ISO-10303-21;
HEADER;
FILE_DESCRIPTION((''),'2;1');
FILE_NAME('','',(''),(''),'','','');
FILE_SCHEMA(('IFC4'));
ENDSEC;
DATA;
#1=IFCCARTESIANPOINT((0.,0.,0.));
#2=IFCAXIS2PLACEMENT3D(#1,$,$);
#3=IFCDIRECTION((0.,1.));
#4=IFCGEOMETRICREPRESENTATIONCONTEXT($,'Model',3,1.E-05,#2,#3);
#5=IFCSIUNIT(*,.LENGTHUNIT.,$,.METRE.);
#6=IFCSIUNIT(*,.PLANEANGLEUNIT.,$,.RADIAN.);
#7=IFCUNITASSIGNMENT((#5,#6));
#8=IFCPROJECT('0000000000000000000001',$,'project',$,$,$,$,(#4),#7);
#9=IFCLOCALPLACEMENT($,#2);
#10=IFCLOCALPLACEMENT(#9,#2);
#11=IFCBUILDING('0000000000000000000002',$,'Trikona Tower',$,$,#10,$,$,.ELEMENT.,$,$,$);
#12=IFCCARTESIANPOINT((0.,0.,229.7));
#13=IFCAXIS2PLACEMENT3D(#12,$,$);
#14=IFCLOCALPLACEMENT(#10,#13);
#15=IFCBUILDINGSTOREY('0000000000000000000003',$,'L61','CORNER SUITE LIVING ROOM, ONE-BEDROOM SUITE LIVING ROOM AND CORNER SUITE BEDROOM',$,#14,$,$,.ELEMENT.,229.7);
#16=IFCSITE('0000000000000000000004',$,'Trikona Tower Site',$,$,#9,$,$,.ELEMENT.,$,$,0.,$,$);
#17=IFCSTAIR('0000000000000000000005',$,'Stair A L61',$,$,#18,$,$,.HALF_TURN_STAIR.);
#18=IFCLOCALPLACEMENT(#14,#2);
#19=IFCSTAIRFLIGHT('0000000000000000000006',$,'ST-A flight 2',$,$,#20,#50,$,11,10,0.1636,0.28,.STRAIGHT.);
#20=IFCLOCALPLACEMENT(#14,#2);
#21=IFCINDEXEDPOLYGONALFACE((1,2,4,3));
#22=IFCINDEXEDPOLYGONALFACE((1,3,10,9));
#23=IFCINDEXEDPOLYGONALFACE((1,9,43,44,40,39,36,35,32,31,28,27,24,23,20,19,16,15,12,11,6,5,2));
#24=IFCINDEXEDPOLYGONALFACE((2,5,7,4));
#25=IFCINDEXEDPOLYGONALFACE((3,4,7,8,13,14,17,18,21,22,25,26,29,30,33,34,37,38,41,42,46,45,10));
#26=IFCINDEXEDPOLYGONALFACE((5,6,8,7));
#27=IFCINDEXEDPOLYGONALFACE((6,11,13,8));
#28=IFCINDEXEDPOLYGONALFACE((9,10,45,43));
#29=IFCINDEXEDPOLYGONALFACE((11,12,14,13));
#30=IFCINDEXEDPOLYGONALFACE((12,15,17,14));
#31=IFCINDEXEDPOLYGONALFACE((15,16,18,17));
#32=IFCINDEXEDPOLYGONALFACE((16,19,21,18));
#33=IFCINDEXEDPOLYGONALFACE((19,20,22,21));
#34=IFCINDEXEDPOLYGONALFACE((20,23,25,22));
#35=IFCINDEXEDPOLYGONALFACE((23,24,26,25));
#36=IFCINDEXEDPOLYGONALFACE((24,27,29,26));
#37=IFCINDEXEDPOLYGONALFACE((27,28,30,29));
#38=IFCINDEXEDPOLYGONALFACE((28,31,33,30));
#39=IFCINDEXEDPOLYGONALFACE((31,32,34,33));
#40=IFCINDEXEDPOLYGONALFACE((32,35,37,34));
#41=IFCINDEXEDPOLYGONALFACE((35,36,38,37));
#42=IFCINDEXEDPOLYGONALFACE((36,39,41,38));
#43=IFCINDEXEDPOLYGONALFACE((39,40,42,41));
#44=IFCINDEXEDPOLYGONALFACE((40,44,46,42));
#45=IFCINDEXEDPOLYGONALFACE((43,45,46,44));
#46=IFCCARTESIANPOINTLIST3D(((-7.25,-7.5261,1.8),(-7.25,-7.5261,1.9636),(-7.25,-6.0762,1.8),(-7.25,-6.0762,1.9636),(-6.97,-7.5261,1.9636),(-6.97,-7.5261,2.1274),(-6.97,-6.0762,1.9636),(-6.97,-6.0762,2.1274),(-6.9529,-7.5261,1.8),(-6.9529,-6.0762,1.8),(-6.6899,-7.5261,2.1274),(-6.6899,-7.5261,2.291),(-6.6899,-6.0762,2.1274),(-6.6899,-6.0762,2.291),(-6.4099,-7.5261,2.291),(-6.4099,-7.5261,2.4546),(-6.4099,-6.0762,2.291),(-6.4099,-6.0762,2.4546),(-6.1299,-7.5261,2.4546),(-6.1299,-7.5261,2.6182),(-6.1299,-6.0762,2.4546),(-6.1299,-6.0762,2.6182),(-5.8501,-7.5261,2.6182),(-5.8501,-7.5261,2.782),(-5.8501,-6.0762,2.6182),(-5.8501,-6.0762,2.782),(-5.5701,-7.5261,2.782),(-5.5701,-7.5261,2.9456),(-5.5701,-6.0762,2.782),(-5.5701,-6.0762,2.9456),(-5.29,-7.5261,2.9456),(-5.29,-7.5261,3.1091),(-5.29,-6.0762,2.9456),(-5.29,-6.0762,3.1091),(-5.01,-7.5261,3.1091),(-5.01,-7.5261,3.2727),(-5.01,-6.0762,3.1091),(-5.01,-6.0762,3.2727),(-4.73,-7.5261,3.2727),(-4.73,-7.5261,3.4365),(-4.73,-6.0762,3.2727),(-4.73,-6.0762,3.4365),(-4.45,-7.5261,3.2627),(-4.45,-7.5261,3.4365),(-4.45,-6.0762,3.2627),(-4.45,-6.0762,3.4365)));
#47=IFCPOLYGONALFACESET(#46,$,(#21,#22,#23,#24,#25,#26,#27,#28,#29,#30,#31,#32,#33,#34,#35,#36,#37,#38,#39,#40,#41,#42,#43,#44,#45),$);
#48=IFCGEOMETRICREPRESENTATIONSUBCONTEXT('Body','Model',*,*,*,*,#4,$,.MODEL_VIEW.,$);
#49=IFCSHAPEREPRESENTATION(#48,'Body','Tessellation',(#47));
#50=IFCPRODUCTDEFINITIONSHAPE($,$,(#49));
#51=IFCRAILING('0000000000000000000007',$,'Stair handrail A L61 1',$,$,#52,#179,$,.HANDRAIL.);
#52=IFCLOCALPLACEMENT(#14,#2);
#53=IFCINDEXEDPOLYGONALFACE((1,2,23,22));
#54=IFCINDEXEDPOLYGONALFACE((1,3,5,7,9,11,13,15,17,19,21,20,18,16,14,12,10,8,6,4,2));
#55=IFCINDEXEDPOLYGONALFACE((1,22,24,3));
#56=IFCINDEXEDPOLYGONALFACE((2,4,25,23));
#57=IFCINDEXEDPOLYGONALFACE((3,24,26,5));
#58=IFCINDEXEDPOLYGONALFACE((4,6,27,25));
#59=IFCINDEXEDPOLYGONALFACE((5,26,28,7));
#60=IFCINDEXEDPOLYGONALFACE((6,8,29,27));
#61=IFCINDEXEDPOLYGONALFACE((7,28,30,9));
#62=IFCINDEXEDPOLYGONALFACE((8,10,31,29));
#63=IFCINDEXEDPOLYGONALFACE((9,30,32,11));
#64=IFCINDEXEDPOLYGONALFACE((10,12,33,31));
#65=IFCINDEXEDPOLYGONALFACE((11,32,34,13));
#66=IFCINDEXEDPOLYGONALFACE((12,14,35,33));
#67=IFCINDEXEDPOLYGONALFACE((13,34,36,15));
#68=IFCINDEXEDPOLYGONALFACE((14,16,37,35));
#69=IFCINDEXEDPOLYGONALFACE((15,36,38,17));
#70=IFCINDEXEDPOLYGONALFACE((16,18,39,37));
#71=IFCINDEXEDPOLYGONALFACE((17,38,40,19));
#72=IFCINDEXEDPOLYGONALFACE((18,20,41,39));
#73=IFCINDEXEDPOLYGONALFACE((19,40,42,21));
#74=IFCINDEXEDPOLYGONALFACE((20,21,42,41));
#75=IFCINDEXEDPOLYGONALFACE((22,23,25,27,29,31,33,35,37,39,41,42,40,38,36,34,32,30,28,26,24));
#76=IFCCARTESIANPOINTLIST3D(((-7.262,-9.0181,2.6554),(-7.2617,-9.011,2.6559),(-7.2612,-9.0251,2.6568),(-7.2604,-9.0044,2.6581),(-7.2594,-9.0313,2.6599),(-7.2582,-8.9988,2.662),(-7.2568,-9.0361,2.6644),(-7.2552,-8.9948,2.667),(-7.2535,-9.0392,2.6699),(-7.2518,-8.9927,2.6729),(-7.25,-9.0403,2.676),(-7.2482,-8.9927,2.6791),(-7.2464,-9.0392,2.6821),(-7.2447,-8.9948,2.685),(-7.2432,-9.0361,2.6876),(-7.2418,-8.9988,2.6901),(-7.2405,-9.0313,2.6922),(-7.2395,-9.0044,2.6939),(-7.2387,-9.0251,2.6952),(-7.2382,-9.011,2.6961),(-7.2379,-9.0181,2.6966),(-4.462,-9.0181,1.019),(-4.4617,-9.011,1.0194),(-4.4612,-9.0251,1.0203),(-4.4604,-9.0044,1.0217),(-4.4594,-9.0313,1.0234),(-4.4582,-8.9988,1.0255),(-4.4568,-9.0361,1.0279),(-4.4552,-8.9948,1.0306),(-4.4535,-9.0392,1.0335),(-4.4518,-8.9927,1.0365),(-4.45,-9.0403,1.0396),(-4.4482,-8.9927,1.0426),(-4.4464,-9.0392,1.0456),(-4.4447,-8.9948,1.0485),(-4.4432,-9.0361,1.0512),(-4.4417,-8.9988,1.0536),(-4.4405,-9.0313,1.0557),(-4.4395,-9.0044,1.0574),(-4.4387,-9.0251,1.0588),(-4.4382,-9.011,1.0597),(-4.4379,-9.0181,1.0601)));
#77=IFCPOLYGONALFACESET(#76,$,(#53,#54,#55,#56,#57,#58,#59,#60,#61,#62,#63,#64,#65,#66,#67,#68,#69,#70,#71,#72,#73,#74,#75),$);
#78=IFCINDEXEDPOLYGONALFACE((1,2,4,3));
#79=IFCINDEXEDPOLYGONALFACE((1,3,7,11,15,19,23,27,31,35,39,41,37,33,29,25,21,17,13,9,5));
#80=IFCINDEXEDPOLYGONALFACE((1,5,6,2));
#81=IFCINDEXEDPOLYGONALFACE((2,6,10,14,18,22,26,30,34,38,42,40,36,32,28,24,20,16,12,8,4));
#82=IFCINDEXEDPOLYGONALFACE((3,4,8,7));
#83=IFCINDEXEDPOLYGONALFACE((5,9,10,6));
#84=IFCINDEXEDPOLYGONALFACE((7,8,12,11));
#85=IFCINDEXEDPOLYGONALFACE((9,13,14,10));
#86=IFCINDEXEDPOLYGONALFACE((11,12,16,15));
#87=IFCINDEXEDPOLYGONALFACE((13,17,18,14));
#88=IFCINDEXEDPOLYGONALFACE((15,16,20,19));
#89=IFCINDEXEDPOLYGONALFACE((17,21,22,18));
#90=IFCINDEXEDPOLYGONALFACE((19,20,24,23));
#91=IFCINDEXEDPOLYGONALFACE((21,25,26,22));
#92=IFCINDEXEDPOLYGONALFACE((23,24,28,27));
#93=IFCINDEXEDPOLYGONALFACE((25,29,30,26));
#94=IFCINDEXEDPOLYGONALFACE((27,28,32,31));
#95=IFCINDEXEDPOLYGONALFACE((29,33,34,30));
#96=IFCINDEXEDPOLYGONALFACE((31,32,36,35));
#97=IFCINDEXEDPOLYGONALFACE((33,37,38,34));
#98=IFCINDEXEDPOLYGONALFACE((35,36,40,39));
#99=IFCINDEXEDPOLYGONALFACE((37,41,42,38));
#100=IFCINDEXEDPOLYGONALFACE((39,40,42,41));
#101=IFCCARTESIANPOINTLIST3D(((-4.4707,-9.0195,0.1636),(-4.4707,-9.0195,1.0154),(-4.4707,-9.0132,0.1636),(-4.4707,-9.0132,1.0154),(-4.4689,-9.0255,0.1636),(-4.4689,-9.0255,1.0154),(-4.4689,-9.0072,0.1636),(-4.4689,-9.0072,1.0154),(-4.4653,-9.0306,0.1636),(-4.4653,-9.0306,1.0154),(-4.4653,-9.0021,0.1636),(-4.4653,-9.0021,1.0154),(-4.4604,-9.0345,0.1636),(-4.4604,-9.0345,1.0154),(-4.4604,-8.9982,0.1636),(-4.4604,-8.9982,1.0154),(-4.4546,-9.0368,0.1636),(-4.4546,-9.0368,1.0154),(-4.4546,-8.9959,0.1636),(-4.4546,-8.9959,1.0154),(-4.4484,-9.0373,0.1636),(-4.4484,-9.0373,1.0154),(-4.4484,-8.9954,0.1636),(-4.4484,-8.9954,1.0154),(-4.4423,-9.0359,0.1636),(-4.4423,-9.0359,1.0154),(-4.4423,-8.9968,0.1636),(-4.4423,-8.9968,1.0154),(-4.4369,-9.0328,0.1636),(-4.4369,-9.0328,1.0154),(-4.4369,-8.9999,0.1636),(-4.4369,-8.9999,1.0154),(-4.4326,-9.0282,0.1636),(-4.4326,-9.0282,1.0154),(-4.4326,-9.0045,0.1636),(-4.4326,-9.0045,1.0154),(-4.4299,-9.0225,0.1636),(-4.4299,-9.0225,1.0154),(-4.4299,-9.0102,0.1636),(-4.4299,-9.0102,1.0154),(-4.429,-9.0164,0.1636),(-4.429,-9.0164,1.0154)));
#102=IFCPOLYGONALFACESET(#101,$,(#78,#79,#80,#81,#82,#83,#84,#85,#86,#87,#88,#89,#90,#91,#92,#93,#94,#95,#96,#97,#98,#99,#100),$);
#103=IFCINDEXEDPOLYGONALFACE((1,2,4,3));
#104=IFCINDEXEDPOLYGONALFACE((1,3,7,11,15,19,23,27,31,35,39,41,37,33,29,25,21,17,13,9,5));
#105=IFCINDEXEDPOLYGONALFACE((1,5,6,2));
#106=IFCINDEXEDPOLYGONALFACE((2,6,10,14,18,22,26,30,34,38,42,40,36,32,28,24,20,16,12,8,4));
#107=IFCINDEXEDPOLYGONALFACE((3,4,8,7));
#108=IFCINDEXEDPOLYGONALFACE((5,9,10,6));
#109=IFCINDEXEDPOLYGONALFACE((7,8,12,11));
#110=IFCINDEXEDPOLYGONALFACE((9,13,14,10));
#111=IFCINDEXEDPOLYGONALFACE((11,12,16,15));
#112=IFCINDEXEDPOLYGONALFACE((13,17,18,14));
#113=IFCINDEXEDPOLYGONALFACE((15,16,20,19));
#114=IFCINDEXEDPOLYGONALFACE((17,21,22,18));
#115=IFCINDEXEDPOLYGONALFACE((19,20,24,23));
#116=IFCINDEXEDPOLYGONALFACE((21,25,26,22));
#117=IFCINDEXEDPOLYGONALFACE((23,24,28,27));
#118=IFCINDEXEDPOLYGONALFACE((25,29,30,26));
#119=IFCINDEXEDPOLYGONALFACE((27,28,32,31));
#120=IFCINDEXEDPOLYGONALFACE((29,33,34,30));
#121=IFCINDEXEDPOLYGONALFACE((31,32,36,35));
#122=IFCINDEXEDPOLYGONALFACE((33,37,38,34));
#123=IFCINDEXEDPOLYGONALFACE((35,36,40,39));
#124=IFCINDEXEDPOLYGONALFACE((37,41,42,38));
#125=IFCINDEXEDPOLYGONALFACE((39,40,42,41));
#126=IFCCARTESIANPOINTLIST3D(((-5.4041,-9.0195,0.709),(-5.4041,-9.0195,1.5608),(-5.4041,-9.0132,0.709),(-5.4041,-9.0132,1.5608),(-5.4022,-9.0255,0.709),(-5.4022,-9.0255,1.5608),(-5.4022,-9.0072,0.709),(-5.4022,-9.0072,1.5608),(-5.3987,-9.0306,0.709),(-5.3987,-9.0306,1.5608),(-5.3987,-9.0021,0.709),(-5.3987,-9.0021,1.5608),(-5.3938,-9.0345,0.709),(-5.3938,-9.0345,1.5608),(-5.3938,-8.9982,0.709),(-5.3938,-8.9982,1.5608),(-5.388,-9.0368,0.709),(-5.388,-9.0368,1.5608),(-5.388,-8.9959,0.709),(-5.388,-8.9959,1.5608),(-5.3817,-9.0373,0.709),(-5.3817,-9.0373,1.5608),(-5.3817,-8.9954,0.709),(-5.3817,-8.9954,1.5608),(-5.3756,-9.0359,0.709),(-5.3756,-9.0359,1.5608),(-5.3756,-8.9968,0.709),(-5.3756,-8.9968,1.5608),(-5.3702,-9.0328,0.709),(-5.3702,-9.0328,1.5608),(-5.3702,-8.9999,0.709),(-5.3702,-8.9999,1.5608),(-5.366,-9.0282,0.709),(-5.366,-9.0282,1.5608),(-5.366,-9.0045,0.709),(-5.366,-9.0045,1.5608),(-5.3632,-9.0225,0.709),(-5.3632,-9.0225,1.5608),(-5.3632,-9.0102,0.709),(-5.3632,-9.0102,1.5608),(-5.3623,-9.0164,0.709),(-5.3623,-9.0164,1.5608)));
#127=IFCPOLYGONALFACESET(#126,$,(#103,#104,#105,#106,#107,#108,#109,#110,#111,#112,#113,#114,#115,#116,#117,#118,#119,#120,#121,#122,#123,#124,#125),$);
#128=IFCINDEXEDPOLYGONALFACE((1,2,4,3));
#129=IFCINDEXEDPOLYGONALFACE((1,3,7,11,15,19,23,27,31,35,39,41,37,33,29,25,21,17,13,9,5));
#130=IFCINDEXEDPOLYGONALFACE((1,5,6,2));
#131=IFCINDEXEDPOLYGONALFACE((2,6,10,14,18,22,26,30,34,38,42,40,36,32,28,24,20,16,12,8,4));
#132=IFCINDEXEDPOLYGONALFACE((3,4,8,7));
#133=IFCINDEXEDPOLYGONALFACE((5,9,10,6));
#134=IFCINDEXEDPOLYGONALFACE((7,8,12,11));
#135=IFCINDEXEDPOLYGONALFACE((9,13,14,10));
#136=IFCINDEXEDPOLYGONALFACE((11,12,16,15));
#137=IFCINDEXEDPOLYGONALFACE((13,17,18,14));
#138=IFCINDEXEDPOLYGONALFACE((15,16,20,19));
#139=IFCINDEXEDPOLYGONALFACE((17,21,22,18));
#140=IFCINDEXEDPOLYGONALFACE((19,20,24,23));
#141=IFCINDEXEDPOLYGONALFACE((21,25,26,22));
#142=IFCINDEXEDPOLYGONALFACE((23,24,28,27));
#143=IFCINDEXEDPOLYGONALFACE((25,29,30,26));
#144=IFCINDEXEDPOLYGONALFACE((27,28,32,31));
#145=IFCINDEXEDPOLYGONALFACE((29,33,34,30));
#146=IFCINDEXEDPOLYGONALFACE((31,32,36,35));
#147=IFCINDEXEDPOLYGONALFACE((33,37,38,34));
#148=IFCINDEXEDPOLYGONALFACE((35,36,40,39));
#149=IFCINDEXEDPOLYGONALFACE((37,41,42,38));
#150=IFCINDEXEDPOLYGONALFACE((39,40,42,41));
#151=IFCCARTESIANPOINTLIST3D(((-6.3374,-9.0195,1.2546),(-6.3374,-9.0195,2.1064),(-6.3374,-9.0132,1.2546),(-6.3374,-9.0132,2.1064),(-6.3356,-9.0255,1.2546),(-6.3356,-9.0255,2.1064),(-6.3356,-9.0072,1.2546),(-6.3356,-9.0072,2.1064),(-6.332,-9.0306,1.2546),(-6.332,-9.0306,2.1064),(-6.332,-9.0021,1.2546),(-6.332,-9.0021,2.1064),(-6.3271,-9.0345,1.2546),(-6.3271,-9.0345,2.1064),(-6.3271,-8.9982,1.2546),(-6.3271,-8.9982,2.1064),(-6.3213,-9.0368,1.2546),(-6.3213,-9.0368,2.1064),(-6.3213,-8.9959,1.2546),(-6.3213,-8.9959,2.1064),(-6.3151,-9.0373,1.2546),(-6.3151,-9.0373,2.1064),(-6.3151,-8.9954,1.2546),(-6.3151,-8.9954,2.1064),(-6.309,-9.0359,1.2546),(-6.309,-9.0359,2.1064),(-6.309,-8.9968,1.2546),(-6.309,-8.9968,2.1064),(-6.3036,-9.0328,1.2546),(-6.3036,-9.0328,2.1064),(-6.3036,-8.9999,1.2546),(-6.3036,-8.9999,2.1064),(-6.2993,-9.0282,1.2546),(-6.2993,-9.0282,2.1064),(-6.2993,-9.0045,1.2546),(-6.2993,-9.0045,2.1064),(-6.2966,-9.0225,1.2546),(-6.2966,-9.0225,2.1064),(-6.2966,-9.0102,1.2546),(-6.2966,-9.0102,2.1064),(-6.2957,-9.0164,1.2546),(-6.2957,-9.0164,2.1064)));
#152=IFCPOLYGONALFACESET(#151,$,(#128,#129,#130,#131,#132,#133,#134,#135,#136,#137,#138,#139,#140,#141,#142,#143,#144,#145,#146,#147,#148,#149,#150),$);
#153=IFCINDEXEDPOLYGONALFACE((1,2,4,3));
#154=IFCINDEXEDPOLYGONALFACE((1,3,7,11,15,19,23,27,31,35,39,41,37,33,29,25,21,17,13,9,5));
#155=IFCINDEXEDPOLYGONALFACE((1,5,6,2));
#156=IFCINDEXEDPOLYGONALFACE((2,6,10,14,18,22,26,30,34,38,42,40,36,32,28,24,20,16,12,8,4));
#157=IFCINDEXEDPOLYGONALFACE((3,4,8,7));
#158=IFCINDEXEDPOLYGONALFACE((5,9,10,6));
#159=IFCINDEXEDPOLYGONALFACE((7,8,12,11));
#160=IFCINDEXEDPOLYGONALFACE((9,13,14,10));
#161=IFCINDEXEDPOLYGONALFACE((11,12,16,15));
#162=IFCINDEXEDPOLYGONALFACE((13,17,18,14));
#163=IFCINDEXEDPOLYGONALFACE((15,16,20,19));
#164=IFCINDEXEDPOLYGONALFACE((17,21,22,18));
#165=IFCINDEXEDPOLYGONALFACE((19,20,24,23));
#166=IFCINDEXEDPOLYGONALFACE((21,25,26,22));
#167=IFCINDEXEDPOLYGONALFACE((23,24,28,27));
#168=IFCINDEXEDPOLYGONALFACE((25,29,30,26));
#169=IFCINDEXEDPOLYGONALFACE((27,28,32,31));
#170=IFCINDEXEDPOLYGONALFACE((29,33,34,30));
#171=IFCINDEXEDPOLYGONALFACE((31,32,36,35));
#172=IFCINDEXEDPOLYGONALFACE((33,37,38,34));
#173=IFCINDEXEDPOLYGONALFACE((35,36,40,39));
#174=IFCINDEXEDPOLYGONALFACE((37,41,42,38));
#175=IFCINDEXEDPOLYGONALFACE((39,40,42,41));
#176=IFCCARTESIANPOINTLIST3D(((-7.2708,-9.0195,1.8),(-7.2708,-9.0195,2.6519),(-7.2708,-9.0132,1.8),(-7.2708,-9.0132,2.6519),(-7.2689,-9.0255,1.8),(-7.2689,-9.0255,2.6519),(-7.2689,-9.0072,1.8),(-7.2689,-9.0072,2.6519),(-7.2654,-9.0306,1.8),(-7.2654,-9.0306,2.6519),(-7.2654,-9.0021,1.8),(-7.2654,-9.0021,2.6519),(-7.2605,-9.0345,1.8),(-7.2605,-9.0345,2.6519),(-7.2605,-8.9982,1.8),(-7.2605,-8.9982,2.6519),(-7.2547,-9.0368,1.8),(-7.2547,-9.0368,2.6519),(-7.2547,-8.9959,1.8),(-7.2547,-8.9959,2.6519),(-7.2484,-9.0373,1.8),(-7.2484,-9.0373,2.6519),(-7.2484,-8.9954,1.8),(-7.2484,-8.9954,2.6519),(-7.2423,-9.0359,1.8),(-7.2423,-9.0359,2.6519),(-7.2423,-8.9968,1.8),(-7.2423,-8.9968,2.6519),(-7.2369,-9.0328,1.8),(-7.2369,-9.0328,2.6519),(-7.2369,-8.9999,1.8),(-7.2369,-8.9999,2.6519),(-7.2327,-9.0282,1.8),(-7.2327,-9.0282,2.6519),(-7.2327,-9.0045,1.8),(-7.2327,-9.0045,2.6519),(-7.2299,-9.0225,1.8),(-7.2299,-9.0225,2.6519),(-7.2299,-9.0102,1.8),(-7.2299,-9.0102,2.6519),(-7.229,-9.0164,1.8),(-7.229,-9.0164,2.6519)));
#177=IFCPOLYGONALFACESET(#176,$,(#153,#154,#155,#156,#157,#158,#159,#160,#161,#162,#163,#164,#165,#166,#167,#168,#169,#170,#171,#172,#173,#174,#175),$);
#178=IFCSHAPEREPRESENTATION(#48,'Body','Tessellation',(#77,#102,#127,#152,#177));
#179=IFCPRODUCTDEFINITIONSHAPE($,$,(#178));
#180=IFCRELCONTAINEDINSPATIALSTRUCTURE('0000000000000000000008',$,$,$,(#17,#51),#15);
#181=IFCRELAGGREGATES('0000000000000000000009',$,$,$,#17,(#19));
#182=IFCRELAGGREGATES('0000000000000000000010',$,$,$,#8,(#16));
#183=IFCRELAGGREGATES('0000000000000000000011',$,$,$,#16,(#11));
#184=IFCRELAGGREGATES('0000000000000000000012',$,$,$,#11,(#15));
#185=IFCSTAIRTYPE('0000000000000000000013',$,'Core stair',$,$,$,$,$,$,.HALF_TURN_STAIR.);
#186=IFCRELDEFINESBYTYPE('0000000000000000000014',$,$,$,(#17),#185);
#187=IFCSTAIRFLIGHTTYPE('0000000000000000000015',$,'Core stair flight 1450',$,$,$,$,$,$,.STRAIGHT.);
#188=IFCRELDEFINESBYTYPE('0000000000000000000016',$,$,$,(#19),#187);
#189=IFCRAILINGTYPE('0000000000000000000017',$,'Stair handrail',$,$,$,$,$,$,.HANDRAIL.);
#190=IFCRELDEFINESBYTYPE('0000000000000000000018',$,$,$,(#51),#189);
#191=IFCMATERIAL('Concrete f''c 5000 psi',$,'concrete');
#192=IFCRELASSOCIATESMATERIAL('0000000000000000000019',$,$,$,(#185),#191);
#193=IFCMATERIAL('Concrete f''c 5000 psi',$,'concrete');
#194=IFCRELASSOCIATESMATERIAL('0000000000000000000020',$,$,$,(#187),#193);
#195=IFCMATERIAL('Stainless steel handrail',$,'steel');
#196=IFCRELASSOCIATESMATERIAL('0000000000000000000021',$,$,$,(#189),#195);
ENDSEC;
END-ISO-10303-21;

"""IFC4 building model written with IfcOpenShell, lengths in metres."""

from ifc_helpers import new_model, si_unit, direction, frame, origin, origin_2d, place, context, subcontext, project, spatial, polyline, circle, outline, extrude, material, type_object, element, aggregate, save


model = new_model("IFC4")

# Units and contexts
model_context = context("Model", 3, precision=1e-05, world=origin(), true_north=direction((0.0, 1.0)))
body_context = subcontext(model_context, "Body", "Model", "MODEL_VIEW")
ifc_project = project(units=[si_unit("LENGTHUNIT", "METRE"), si_unit("PLANEANGLEUNIT", "RADIAN")], contexts=[model_context])

# Site, building, storey
site_placement = place(None, origin())
site = spatial("IfcSite", under=ifc_project, at=site_placement, Name="Trikona Tower Site", CompositionType="ELEMENT", RefElevation=0.0)
building_placement = place(site_placement, origin())
building = spatial("IfcBuilding", under=site, at=building_placement, Name="Trikona Tower", CompositionType="ELEMENT")
storey_placement = place(building_placement, frame((0.0, 0.0, 229.7)))
storey = spatial("IfcBuildingStorey", under=building, at=storey_placement, Name="L61", Description="CORNER SUITE LIVING ROOM, ONE-BEDROOM SUITE LIVING ROOM AND CORNER SUITE BEDROOM", CompositionType="ELEMENT", Elevation=229.7)

# Stair, stair flight
ifc_material_1 = material(Name="Concrete f'c 5000 psi", Category="concrete")
stair_type = type_object("IfcStairType", Name="Core stair", PredefinedType="HALF_TURN_STAIR", material=ifc_material_1)
stair_placement = place(storey_placement, origin())
stair = element("IfcStair", 1, at=stair_placement, inside=storey, type_object=stair_type, Name="Stair A L61", PredefinedType="HALF_TURN_STAIR")
ifc_material_2 = material(Name="Concrete f'c 5000 psi", Category="concrete")
stair_flight_type = type_object("IfcStairFlightType", Name="Core stair flight 1450", PredefinedType="STRAIGHT", material=ifc_material_2)
stair_flight_1_placement = place(storey_placement, frame((-7.25, -6.8013, 1.8), z_axis=(0.0, 0.0, 1.0), x_axis=(1.0, 0.0, 0.0)))
stair_flight_1 = element("IfcStairFlight", 2, at=stair_flight_1_placement, type_object=stair_flight_type, Name="ST-A flight 2", NumberOfRisers=11, NumberOfTreads=10, PredefinedType="STRAIGHT", RiserHeight=0.1636, TreadLength=0.28, context=body_context, shape_type="SweptSolid", body=[
    extrude(outline(polyline([(0.0, 0.0), (0.0, 0.1636), (0.28, 0.1636), (0.28, 0.3274), (0.5601, 0.3274), (0.5601, 0.491), (0.8401, 0.491), (0.8401, 0.6545), (1.1201, 0.6545), (1.1201, 0.8181), (1.3999, 0.8181), (1.3999, 0.9819), (1.6799, 0.9819), (1.6799, 1.1455), (1.96, 1.1455), (1.96, 1.3091), (2.24, 1.3091), (2.24, 1.4727), (2.52, 1.4727), (2.52, 1.6365), (2.8, 1.6365), (2.8, 1.8), (2.8, 1.4626), (0.2971, 0.0), (0.0, 0.0)])), frame((0.0, 0.7251, 0.0), z_axis=(0.0, -1.0, 0.0), x_axis=(1.0, 0.0, 0.0)), (0.0, 0.0, 1.0), 1.45),
])
aggregate(stair, [stair_flight_1])

# Railing
ifc_material_3 = material(Name="Stainless steel handrail", Category="steel")
railing_type = type_object("IfcRailingType", Name="Stair handrail", PredefinedType="HANDRAIL", material=ifc_material_3)
railing_1_placement = place(storey_placement, frame((-4.45, -9.0164, 0.1636)))
element("IfcRailing", 3, at=railing_1_placement, inside=storey, type_object=railing_type, Name="Stair handrail A L61 1", PredefinedType="HANDRAIL", context=body_context, shape_type="SweptSolid", body=[
    extrude(circle(Radius=0.0239, at=origin_2d()), frame((0.0, 0.0, 0.876), z_axis=(-0.863361, 0.0, 0.504587), x_axis=(0.0, -1.0, 0.0)), (0.0, 0.0, 1.0), 3.2432),
    extrude(circle(Radius=0.021, at=origin_2d()), origin(), (0.0, 0.0, 1.0), 0.8518),
    extrude(circle(Radius=0.021, at=origin_2d()), frame((-0.9333, 0.0, 0.5454)), (0.0, 0.0, 1.0), 0.8518),
    extrude(circle(Radius=0.021, at=origin_2d()), frame((-1.8667, 0.0, 1.0911)), (0.0, 0.0, 1.0), 0.8518),
    extrude(circle(Radius=0.021, at=origin_2d()), frame((-2.8, 0.0, 1.6365)), (0.0, 0.0, 1.0), 0.8518),
])

save(model, "model.ifc")
